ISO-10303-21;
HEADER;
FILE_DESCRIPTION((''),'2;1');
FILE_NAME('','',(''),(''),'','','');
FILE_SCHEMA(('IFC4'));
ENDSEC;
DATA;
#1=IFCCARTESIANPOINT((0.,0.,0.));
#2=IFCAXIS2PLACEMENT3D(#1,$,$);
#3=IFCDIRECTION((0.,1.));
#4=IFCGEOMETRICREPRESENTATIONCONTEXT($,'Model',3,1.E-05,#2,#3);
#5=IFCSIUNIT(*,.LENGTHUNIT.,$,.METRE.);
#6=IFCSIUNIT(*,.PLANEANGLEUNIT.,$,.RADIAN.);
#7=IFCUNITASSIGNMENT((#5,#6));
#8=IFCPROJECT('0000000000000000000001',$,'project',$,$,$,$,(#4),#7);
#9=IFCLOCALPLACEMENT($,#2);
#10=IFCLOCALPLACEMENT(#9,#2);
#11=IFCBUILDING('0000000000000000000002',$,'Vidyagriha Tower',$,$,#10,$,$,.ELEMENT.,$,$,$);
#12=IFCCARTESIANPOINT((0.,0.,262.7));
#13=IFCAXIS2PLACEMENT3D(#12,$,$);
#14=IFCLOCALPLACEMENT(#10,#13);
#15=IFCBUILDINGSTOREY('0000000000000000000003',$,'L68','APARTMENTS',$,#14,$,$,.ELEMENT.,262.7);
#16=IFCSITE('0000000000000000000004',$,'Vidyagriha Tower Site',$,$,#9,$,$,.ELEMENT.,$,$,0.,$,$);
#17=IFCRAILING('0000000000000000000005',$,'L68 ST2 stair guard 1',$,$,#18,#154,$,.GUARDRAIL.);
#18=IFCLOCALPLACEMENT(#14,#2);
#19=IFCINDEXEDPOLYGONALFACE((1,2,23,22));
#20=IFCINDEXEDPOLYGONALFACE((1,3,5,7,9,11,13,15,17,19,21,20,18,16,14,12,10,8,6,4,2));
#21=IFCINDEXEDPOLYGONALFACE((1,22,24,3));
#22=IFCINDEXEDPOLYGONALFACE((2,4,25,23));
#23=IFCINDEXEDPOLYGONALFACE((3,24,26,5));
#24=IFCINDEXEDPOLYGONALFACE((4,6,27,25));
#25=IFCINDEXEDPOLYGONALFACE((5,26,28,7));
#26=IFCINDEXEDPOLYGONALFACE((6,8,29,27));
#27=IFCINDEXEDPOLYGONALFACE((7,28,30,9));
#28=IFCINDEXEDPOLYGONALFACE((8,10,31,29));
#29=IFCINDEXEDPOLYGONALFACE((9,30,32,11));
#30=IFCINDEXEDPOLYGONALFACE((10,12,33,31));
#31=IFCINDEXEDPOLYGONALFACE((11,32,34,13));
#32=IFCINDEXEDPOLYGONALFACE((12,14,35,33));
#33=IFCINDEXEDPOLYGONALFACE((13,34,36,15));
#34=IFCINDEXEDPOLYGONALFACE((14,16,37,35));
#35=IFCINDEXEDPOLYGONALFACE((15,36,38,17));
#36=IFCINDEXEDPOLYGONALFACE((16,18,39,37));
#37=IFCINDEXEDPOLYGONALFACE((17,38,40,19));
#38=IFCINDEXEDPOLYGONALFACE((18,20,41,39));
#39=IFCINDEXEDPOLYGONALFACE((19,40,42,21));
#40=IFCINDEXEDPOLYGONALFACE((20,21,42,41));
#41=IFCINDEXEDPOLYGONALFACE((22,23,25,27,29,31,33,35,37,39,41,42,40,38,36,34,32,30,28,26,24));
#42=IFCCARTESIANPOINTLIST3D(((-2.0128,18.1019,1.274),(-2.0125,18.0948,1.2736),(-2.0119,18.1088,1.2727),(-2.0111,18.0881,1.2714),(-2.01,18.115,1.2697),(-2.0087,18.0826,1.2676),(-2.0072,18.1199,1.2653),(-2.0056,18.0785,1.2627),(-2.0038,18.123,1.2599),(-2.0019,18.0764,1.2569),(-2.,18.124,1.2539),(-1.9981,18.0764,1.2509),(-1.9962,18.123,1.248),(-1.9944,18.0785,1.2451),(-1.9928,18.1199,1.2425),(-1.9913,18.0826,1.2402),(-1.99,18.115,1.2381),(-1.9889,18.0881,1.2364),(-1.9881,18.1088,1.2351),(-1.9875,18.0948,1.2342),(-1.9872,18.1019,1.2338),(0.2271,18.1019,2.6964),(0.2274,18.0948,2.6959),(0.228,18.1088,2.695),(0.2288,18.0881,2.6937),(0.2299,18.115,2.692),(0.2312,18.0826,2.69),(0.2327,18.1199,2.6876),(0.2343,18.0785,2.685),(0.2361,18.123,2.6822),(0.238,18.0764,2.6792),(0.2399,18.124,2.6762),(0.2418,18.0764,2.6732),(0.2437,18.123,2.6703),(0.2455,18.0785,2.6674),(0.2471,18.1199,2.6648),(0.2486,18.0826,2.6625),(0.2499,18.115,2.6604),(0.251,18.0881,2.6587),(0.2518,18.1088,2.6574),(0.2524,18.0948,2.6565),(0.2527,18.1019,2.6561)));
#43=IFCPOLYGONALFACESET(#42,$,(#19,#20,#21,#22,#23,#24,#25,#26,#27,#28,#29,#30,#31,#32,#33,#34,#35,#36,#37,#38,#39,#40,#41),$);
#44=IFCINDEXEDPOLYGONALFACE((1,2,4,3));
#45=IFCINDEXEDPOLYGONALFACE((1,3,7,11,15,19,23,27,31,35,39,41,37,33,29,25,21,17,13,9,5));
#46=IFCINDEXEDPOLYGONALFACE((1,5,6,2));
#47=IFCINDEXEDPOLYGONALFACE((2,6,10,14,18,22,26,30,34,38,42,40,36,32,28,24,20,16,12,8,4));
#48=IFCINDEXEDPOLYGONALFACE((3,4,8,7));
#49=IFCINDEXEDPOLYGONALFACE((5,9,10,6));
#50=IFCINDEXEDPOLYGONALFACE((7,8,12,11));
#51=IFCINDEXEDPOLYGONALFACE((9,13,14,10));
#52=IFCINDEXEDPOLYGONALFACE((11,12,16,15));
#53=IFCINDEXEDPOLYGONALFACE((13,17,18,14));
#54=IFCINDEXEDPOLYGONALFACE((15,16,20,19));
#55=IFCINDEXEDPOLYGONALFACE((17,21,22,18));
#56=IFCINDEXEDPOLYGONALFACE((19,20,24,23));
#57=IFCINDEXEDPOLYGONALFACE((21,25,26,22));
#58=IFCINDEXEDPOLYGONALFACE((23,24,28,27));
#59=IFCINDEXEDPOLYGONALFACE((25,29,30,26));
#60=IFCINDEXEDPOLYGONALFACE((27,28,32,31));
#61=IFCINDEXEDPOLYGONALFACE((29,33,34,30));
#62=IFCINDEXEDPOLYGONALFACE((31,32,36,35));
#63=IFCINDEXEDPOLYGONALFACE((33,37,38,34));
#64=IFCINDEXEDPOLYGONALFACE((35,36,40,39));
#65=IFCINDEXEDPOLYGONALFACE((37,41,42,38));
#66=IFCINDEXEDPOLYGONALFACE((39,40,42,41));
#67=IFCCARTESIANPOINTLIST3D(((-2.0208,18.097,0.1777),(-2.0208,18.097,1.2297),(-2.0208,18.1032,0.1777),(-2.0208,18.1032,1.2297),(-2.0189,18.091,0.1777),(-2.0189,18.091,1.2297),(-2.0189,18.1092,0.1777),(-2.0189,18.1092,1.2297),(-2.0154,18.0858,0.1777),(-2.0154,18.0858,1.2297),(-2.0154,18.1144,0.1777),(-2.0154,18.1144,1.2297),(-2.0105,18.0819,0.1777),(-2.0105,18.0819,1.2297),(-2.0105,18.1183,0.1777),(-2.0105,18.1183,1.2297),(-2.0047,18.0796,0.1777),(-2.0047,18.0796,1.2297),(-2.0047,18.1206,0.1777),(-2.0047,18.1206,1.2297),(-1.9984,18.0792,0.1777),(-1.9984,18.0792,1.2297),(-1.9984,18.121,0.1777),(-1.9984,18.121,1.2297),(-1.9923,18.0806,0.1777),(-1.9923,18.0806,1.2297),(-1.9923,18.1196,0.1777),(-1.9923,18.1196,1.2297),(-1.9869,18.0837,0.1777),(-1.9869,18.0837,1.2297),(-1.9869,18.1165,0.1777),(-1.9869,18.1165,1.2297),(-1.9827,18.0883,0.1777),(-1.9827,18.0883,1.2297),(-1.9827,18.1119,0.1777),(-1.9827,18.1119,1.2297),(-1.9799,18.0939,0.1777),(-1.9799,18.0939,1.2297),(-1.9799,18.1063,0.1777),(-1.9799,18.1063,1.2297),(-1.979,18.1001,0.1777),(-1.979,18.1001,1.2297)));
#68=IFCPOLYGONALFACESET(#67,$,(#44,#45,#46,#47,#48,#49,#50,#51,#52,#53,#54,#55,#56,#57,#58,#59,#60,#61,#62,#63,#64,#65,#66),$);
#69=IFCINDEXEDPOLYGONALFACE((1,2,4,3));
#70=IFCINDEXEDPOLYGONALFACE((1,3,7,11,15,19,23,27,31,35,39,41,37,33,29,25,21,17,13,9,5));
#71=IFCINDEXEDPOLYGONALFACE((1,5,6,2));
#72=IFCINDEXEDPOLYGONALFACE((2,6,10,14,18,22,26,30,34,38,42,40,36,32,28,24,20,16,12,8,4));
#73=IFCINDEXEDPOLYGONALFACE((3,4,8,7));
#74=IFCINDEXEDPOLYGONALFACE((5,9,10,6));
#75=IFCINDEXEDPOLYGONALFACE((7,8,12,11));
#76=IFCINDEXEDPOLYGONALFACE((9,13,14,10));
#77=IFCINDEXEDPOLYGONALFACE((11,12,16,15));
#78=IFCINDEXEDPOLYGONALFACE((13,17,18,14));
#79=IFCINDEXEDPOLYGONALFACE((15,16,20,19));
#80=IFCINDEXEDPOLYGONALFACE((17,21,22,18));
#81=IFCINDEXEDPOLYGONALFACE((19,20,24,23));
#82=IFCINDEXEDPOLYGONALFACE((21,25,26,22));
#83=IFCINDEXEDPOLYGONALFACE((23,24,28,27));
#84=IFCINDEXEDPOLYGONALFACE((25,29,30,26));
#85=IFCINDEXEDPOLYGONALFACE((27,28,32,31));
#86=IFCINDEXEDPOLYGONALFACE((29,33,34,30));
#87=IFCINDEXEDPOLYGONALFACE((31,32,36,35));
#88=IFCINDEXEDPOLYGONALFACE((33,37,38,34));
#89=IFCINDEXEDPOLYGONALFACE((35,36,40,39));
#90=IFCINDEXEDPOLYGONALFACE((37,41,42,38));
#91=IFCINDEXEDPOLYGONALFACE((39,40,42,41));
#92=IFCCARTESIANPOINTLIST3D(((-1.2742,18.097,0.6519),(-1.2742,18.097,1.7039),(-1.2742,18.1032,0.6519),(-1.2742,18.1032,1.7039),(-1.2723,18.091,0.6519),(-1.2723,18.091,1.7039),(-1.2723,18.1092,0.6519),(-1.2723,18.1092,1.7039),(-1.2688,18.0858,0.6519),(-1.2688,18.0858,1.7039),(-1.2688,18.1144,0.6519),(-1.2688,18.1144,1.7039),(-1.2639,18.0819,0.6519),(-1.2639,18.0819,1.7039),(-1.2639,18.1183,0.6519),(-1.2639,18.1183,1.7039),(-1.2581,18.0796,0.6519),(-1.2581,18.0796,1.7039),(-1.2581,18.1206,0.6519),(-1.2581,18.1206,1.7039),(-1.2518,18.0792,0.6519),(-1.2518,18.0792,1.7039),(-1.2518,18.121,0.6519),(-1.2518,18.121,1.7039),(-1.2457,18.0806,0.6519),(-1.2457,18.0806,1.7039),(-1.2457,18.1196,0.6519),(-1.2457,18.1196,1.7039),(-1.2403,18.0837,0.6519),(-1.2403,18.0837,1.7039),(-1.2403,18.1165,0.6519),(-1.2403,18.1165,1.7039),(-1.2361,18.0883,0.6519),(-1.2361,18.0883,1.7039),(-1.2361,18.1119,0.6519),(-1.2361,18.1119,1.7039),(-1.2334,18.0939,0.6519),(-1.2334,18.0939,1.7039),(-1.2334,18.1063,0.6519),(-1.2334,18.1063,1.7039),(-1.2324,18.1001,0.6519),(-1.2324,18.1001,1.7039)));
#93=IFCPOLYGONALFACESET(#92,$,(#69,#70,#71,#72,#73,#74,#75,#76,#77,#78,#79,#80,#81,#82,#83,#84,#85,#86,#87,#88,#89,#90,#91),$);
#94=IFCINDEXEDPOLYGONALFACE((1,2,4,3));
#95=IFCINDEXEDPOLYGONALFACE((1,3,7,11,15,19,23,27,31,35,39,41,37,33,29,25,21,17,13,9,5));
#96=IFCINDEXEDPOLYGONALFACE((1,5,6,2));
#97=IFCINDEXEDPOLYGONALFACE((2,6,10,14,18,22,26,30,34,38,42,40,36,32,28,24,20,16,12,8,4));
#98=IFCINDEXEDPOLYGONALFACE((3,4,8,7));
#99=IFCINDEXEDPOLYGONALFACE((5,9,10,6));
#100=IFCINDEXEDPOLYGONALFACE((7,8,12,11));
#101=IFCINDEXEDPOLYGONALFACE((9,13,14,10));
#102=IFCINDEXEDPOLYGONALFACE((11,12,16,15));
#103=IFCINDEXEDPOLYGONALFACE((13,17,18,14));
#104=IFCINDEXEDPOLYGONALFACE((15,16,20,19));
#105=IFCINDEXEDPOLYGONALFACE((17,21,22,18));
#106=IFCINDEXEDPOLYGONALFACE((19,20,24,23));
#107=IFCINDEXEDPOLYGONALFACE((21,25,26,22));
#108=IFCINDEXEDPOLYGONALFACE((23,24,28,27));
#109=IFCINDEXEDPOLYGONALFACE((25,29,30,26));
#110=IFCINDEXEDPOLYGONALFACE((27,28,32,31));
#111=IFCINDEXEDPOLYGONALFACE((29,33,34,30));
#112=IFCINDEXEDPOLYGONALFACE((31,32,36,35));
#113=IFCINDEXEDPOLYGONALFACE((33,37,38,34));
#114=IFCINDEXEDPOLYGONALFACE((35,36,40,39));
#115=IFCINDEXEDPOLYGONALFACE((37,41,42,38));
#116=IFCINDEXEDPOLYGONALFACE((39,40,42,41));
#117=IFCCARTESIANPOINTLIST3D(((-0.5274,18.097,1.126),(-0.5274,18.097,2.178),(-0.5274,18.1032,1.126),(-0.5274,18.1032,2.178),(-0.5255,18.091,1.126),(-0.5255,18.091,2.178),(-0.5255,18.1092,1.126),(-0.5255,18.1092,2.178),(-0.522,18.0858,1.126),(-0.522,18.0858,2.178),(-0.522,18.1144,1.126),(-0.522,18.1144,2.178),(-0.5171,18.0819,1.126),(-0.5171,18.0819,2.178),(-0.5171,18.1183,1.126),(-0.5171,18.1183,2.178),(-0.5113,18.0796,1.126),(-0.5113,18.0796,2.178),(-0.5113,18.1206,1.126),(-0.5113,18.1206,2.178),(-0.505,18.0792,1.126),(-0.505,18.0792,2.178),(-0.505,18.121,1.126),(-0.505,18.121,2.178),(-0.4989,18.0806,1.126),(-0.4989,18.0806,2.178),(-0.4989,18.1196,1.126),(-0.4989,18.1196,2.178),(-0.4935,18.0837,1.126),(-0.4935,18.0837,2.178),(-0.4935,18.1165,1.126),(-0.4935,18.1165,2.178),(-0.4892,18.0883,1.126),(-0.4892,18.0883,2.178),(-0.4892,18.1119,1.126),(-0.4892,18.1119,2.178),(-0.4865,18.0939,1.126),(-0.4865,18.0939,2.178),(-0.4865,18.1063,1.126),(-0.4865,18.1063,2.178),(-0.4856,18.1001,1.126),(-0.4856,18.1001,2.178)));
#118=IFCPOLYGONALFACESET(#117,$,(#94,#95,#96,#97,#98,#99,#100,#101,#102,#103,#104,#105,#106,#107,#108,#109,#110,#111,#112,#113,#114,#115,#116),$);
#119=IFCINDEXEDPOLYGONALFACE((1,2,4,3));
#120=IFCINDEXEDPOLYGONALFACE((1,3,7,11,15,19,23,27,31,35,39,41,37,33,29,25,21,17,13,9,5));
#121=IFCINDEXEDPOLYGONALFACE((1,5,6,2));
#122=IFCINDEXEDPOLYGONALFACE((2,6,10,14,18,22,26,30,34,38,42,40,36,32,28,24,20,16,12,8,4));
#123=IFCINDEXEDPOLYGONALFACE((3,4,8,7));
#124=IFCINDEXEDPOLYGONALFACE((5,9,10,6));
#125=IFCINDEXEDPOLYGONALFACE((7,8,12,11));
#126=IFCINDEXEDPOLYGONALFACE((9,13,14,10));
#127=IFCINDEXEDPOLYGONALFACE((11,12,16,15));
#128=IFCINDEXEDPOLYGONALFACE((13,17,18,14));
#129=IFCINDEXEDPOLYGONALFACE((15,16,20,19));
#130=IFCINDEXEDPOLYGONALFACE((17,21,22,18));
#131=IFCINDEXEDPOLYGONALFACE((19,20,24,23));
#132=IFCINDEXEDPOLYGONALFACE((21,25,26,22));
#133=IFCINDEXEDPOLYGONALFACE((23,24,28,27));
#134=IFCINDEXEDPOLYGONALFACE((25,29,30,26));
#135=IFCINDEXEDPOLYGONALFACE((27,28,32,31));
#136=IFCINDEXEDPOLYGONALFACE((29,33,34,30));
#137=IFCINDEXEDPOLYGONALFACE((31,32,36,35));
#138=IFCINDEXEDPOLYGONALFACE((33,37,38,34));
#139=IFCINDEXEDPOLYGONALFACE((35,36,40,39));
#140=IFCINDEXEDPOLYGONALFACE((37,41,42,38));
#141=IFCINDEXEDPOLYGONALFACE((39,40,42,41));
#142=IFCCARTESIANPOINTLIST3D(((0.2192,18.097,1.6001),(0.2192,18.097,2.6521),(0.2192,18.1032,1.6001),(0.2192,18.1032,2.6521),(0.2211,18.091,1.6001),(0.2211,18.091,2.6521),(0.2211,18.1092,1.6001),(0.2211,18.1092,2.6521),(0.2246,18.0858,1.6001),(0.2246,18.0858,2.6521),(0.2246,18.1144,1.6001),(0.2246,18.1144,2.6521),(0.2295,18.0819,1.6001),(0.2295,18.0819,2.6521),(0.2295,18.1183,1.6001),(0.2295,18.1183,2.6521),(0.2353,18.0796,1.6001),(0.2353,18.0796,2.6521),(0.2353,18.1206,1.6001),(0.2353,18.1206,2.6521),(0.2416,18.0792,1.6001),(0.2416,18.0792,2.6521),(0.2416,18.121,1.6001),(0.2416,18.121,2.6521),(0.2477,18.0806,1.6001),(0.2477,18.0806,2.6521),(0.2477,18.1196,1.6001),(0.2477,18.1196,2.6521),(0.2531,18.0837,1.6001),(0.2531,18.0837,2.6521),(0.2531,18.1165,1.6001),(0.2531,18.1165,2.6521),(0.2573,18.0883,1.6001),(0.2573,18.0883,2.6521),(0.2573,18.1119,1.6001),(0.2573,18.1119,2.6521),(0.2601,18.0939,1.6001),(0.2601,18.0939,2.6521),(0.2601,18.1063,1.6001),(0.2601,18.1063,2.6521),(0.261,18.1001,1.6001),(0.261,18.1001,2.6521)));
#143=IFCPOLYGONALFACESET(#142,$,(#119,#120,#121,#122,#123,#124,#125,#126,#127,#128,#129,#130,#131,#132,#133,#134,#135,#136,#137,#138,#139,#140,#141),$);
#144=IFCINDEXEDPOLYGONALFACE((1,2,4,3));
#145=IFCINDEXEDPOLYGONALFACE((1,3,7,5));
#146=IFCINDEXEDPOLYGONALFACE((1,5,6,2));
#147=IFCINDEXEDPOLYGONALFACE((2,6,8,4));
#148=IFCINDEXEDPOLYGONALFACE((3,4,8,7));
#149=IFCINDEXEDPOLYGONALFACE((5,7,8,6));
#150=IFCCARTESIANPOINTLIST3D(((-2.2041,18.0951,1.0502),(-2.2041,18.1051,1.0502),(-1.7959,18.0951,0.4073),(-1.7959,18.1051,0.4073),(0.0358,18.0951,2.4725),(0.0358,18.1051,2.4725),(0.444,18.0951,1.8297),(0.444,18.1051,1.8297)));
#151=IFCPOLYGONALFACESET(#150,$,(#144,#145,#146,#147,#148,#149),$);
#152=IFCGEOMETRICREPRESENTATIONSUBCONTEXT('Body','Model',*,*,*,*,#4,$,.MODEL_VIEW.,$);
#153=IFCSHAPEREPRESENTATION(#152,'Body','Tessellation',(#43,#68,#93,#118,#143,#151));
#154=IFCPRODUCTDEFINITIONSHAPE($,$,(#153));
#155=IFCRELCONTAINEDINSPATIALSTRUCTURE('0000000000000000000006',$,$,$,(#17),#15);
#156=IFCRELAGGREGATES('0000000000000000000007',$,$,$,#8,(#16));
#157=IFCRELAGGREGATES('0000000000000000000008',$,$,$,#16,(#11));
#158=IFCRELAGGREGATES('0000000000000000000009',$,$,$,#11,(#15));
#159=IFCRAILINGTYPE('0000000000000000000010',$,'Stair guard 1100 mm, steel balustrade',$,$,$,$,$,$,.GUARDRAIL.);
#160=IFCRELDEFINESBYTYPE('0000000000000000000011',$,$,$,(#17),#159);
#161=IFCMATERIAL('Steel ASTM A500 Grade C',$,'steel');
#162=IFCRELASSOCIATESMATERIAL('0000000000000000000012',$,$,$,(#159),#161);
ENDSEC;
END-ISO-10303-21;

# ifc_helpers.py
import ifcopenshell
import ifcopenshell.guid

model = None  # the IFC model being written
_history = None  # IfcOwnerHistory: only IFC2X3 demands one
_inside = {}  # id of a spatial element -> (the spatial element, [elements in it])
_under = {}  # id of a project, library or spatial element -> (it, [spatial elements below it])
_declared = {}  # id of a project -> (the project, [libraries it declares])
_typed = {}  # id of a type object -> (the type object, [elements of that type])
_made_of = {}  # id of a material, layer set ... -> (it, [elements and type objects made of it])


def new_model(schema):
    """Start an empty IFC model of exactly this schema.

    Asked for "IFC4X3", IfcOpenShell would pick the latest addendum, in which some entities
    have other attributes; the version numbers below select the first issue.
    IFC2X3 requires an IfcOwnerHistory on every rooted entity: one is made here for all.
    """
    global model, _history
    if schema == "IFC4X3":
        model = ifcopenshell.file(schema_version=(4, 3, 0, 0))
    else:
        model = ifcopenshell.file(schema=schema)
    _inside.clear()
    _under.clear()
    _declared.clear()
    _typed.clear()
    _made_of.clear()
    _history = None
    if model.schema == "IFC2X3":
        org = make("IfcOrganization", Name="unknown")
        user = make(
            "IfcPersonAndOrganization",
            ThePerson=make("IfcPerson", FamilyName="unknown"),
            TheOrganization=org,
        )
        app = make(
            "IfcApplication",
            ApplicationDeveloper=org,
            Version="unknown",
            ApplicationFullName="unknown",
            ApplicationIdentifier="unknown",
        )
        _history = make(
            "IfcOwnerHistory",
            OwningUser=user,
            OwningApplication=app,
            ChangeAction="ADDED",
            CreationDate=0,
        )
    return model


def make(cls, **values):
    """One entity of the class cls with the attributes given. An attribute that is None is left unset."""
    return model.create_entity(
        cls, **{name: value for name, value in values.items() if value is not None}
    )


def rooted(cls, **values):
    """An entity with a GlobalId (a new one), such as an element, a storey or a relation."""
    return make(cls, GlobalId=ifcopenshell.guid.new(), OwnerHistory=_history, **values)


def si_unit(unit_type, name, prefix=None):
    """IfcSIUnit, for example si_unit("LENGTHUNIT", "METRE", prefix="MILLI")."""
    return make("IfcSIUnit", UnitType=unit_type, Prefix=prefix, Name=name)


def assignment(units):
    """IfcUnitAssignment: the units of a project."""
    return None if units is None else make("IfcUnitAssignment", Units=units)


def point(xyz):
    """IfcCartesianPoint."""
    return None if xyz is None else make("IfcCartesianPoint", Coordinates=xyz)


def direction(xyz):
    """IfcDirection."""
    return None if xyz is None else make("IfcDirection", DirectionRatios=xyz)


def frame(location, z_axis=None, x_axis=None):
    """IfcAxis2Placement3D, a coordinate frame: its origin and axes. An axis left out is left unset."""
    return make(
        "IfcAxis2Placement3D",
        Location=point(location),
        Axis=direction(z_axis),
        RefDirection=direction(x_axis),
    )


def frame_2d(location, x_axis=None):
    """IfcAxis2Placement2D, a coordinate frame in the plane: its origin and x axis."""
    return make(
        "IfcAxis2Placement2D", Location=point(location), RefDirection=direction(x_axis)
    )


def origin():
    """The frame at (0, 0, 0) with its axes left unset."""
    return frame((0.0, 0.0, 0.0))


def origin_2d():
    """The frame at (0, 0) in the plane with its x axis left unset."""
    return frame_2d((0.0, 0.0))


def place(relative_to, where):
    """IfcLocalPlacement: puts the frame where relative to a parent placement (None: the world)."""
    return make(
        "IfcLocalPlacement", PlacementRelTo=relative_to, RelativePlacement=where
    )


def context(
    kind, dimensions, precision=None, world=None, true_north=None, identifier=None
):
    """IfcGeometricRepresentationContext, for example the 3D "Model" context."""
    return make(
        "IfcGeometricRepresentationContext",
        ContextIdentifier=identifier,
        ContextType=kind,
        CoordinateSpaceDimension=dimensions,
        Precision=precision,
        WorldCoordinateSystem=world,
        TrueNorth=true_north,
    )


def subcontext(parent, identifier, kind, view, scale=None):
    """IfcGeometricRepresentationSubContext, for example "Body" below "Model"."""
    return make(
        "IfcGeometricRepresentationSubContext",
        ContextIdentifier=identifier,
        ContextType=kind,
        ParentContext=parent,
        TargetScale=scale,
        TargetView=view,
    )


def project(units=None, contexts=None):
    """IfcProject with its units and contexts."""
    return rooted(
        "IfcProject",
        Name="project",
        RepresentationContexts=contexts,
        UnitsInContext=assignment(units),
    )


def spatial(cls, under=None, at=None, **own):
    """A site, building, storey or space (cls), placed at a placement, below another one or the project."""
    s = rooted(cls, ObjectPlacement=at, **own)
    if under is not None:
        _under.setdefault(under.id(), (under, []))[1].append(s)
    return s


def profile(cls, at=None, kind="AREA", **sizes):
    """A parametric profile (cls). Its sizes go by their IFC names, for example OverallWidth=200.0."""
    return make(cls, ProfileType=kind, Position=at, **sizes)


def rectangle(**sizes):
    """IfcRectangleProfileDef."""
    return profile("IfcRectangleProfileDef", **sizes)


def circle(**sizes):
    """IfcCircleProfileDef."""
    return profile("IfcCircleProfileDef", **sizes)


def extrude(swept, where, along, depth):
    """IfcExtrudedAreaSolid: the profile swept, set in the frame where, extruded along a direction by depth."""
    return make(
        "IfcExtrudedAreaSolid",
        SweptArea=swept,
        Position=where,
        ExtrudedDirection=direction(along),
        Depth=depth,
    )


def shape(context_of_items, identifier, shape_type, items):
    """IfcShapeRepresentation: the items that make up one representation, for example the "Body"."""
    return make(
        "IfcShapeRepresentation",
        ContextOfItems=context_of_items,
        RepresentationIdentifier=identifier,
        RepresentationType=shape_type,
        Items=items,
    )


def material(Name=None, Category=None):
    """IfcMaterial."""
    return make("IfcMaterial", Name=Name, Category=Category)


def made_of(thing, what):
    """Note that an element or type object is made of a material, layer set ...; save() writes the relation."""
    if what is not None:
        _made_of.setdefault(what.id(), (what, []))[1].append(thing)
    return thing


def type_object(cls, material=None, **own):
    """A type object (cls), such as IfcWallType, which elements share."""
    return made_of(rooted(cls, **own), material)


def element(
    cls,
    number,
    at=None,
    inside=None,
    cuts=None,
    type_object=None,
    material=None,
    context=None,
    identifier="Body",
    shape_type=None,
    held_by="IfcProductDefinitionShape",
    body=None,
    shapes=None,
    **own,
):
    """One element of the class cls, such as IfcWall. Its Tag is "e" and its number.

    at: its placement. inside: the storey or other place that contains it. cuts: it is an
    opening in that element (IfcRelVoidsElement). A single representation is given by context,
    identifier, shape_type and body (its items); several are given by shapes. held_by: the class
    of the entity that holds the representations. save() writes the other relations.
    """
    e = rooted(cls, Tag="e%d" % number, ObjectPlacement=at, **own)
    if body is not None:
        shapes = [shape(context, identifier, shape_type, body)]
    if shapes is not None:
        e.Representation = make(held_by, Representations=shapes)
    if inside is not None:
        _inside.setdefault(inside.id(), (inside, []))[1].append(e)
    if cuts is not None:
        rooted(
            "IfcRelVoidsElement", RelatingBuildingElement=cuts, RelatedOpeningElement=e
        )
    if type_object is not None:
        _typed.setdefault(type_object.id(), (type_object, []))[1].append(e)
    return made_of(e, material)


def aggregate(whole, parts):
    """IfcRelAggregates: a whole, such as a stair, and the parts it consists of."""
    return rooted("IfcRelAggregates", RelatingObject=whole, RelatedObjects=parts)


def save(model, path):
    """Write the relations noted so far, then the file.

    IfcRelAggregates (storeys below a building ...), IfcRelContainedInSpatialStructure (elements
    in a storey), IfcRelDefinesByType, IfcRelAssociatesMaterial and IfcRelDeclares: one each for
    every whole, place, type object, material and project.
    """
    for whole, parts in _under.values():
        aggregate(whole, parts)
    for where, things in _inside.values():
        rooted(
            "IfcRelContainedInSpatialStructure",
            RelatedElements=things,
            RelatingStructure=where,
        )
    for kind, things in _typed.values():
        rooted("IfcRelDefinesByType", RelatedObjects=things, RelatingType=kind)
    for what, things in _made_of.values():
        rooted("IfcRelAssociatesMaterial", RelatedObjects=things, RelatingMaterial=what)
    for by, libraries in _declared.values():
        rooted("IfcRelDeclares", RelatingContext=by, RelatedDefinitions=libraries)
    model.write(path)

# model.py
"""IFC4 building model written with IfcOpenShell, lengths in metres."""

from ifc_helpers import new_model, si_unit, direction, frame, origin, origin_2d, place, context, subcontext, project, spatial, rectangle, circle, extrude, material, type_object, element, save


model = new_model("IFC4")

# Units and contexts
model_context = context("Model", 3, precision=1e-05, world=origin(), true_north=direction((0.0, 1.0)))
body_context = subcontext(model_context, "Body", "Model", "MODEL_VIEW")
ifc_project = project(units=[si_unit("LENGTHUNIT", "METRE"), si_unit("PLANEANGLEUNIT", "RADIAN")], contexts=[model_context])

# Site, building, storey
site_placement = place(None, origin())
site = spatial("IfcSite", under=ifc_project, at=site_placement, Name="Vidyagriha Tower Site", CompositionType="ELEMENT", RefElevation=0.0)
building_placement = place(site_placement, origin())
building = spatial("IfcBuilding", under=site, at=building_placement, Name="Vidyagriha Tower", CompositionType="ELEMENT")
storey_placement = place(building_placement, frame((0.0, 0.0, 262.7)))
storey = spatial("IfcBuildingStorey", under=building, at=storey_placement, Name="L68", Description="APARTMENTS", CompositionType="ELEMENT", Elevation=262.7)

# Railing
ifc_material_1 = material(Name="Steel ASTM A500 Grade C", Category="steel")
railing_type_1 = type_object("IfcRailingType", Name="Stair guard 1100 mm, steel balustrade", PredefinedType="GUARDRAIL", material=ifc_material_1)
railing_1_placement = place(storey_placement, frame((-2.0, 18.1001, 0.1777)))
element("IfcRailing", 1, at=railing_1_placement, inside=storey, type_object=railing_type_1, Name="L68 ST2 stair guard 1", PredefinedType="GUARDRAIL", context=body_context, shape_type="SweptSolid", body=[
    extrude(circle(Radius=0.0239, at=origin_2d()), frame((0.0, 0.0, 1.0762), z_axis=(0.844188, 0.0, 0.536048), x_axis=(0.0, 1.0, 0.0)), (0.0, 0.0, 1.0), 2.6533),
    extrude(circle(Radius=0.021, at=origin_2d()), origin(), (0.0, 0.0, 1.0), 1.052),
    extrude(circle(Radius=0.021, at=origin_2d()), frame((0.7466, 0.0, 0.4741)), (0.0, 0.0, 1.0), 1.052),
    extrude(circle(Radius=0.021, at=origin_2d()), frame((1.4934, 0.0, 0.9482)), (0.0, 0.0, 1.0), 1.052),
    extrude(circle(Radius=0.021, at=origin_2d()), frame((2.24, 0.0, 1.4224)), (0.0, 0.0, 1.0), 1.052),
    extrude(rectangle(XDim=0.01, YDim=0.7615, at=origin_2d()), frame((0.0, 0.0, 0.551), z_axis=(0.844188, 0.0, 0.536048), x_axis=(0.0, 1.0, 0.0)), (0.0, 0.0, 1.0), 2.6533),
])

save(model, "model.ifc")
